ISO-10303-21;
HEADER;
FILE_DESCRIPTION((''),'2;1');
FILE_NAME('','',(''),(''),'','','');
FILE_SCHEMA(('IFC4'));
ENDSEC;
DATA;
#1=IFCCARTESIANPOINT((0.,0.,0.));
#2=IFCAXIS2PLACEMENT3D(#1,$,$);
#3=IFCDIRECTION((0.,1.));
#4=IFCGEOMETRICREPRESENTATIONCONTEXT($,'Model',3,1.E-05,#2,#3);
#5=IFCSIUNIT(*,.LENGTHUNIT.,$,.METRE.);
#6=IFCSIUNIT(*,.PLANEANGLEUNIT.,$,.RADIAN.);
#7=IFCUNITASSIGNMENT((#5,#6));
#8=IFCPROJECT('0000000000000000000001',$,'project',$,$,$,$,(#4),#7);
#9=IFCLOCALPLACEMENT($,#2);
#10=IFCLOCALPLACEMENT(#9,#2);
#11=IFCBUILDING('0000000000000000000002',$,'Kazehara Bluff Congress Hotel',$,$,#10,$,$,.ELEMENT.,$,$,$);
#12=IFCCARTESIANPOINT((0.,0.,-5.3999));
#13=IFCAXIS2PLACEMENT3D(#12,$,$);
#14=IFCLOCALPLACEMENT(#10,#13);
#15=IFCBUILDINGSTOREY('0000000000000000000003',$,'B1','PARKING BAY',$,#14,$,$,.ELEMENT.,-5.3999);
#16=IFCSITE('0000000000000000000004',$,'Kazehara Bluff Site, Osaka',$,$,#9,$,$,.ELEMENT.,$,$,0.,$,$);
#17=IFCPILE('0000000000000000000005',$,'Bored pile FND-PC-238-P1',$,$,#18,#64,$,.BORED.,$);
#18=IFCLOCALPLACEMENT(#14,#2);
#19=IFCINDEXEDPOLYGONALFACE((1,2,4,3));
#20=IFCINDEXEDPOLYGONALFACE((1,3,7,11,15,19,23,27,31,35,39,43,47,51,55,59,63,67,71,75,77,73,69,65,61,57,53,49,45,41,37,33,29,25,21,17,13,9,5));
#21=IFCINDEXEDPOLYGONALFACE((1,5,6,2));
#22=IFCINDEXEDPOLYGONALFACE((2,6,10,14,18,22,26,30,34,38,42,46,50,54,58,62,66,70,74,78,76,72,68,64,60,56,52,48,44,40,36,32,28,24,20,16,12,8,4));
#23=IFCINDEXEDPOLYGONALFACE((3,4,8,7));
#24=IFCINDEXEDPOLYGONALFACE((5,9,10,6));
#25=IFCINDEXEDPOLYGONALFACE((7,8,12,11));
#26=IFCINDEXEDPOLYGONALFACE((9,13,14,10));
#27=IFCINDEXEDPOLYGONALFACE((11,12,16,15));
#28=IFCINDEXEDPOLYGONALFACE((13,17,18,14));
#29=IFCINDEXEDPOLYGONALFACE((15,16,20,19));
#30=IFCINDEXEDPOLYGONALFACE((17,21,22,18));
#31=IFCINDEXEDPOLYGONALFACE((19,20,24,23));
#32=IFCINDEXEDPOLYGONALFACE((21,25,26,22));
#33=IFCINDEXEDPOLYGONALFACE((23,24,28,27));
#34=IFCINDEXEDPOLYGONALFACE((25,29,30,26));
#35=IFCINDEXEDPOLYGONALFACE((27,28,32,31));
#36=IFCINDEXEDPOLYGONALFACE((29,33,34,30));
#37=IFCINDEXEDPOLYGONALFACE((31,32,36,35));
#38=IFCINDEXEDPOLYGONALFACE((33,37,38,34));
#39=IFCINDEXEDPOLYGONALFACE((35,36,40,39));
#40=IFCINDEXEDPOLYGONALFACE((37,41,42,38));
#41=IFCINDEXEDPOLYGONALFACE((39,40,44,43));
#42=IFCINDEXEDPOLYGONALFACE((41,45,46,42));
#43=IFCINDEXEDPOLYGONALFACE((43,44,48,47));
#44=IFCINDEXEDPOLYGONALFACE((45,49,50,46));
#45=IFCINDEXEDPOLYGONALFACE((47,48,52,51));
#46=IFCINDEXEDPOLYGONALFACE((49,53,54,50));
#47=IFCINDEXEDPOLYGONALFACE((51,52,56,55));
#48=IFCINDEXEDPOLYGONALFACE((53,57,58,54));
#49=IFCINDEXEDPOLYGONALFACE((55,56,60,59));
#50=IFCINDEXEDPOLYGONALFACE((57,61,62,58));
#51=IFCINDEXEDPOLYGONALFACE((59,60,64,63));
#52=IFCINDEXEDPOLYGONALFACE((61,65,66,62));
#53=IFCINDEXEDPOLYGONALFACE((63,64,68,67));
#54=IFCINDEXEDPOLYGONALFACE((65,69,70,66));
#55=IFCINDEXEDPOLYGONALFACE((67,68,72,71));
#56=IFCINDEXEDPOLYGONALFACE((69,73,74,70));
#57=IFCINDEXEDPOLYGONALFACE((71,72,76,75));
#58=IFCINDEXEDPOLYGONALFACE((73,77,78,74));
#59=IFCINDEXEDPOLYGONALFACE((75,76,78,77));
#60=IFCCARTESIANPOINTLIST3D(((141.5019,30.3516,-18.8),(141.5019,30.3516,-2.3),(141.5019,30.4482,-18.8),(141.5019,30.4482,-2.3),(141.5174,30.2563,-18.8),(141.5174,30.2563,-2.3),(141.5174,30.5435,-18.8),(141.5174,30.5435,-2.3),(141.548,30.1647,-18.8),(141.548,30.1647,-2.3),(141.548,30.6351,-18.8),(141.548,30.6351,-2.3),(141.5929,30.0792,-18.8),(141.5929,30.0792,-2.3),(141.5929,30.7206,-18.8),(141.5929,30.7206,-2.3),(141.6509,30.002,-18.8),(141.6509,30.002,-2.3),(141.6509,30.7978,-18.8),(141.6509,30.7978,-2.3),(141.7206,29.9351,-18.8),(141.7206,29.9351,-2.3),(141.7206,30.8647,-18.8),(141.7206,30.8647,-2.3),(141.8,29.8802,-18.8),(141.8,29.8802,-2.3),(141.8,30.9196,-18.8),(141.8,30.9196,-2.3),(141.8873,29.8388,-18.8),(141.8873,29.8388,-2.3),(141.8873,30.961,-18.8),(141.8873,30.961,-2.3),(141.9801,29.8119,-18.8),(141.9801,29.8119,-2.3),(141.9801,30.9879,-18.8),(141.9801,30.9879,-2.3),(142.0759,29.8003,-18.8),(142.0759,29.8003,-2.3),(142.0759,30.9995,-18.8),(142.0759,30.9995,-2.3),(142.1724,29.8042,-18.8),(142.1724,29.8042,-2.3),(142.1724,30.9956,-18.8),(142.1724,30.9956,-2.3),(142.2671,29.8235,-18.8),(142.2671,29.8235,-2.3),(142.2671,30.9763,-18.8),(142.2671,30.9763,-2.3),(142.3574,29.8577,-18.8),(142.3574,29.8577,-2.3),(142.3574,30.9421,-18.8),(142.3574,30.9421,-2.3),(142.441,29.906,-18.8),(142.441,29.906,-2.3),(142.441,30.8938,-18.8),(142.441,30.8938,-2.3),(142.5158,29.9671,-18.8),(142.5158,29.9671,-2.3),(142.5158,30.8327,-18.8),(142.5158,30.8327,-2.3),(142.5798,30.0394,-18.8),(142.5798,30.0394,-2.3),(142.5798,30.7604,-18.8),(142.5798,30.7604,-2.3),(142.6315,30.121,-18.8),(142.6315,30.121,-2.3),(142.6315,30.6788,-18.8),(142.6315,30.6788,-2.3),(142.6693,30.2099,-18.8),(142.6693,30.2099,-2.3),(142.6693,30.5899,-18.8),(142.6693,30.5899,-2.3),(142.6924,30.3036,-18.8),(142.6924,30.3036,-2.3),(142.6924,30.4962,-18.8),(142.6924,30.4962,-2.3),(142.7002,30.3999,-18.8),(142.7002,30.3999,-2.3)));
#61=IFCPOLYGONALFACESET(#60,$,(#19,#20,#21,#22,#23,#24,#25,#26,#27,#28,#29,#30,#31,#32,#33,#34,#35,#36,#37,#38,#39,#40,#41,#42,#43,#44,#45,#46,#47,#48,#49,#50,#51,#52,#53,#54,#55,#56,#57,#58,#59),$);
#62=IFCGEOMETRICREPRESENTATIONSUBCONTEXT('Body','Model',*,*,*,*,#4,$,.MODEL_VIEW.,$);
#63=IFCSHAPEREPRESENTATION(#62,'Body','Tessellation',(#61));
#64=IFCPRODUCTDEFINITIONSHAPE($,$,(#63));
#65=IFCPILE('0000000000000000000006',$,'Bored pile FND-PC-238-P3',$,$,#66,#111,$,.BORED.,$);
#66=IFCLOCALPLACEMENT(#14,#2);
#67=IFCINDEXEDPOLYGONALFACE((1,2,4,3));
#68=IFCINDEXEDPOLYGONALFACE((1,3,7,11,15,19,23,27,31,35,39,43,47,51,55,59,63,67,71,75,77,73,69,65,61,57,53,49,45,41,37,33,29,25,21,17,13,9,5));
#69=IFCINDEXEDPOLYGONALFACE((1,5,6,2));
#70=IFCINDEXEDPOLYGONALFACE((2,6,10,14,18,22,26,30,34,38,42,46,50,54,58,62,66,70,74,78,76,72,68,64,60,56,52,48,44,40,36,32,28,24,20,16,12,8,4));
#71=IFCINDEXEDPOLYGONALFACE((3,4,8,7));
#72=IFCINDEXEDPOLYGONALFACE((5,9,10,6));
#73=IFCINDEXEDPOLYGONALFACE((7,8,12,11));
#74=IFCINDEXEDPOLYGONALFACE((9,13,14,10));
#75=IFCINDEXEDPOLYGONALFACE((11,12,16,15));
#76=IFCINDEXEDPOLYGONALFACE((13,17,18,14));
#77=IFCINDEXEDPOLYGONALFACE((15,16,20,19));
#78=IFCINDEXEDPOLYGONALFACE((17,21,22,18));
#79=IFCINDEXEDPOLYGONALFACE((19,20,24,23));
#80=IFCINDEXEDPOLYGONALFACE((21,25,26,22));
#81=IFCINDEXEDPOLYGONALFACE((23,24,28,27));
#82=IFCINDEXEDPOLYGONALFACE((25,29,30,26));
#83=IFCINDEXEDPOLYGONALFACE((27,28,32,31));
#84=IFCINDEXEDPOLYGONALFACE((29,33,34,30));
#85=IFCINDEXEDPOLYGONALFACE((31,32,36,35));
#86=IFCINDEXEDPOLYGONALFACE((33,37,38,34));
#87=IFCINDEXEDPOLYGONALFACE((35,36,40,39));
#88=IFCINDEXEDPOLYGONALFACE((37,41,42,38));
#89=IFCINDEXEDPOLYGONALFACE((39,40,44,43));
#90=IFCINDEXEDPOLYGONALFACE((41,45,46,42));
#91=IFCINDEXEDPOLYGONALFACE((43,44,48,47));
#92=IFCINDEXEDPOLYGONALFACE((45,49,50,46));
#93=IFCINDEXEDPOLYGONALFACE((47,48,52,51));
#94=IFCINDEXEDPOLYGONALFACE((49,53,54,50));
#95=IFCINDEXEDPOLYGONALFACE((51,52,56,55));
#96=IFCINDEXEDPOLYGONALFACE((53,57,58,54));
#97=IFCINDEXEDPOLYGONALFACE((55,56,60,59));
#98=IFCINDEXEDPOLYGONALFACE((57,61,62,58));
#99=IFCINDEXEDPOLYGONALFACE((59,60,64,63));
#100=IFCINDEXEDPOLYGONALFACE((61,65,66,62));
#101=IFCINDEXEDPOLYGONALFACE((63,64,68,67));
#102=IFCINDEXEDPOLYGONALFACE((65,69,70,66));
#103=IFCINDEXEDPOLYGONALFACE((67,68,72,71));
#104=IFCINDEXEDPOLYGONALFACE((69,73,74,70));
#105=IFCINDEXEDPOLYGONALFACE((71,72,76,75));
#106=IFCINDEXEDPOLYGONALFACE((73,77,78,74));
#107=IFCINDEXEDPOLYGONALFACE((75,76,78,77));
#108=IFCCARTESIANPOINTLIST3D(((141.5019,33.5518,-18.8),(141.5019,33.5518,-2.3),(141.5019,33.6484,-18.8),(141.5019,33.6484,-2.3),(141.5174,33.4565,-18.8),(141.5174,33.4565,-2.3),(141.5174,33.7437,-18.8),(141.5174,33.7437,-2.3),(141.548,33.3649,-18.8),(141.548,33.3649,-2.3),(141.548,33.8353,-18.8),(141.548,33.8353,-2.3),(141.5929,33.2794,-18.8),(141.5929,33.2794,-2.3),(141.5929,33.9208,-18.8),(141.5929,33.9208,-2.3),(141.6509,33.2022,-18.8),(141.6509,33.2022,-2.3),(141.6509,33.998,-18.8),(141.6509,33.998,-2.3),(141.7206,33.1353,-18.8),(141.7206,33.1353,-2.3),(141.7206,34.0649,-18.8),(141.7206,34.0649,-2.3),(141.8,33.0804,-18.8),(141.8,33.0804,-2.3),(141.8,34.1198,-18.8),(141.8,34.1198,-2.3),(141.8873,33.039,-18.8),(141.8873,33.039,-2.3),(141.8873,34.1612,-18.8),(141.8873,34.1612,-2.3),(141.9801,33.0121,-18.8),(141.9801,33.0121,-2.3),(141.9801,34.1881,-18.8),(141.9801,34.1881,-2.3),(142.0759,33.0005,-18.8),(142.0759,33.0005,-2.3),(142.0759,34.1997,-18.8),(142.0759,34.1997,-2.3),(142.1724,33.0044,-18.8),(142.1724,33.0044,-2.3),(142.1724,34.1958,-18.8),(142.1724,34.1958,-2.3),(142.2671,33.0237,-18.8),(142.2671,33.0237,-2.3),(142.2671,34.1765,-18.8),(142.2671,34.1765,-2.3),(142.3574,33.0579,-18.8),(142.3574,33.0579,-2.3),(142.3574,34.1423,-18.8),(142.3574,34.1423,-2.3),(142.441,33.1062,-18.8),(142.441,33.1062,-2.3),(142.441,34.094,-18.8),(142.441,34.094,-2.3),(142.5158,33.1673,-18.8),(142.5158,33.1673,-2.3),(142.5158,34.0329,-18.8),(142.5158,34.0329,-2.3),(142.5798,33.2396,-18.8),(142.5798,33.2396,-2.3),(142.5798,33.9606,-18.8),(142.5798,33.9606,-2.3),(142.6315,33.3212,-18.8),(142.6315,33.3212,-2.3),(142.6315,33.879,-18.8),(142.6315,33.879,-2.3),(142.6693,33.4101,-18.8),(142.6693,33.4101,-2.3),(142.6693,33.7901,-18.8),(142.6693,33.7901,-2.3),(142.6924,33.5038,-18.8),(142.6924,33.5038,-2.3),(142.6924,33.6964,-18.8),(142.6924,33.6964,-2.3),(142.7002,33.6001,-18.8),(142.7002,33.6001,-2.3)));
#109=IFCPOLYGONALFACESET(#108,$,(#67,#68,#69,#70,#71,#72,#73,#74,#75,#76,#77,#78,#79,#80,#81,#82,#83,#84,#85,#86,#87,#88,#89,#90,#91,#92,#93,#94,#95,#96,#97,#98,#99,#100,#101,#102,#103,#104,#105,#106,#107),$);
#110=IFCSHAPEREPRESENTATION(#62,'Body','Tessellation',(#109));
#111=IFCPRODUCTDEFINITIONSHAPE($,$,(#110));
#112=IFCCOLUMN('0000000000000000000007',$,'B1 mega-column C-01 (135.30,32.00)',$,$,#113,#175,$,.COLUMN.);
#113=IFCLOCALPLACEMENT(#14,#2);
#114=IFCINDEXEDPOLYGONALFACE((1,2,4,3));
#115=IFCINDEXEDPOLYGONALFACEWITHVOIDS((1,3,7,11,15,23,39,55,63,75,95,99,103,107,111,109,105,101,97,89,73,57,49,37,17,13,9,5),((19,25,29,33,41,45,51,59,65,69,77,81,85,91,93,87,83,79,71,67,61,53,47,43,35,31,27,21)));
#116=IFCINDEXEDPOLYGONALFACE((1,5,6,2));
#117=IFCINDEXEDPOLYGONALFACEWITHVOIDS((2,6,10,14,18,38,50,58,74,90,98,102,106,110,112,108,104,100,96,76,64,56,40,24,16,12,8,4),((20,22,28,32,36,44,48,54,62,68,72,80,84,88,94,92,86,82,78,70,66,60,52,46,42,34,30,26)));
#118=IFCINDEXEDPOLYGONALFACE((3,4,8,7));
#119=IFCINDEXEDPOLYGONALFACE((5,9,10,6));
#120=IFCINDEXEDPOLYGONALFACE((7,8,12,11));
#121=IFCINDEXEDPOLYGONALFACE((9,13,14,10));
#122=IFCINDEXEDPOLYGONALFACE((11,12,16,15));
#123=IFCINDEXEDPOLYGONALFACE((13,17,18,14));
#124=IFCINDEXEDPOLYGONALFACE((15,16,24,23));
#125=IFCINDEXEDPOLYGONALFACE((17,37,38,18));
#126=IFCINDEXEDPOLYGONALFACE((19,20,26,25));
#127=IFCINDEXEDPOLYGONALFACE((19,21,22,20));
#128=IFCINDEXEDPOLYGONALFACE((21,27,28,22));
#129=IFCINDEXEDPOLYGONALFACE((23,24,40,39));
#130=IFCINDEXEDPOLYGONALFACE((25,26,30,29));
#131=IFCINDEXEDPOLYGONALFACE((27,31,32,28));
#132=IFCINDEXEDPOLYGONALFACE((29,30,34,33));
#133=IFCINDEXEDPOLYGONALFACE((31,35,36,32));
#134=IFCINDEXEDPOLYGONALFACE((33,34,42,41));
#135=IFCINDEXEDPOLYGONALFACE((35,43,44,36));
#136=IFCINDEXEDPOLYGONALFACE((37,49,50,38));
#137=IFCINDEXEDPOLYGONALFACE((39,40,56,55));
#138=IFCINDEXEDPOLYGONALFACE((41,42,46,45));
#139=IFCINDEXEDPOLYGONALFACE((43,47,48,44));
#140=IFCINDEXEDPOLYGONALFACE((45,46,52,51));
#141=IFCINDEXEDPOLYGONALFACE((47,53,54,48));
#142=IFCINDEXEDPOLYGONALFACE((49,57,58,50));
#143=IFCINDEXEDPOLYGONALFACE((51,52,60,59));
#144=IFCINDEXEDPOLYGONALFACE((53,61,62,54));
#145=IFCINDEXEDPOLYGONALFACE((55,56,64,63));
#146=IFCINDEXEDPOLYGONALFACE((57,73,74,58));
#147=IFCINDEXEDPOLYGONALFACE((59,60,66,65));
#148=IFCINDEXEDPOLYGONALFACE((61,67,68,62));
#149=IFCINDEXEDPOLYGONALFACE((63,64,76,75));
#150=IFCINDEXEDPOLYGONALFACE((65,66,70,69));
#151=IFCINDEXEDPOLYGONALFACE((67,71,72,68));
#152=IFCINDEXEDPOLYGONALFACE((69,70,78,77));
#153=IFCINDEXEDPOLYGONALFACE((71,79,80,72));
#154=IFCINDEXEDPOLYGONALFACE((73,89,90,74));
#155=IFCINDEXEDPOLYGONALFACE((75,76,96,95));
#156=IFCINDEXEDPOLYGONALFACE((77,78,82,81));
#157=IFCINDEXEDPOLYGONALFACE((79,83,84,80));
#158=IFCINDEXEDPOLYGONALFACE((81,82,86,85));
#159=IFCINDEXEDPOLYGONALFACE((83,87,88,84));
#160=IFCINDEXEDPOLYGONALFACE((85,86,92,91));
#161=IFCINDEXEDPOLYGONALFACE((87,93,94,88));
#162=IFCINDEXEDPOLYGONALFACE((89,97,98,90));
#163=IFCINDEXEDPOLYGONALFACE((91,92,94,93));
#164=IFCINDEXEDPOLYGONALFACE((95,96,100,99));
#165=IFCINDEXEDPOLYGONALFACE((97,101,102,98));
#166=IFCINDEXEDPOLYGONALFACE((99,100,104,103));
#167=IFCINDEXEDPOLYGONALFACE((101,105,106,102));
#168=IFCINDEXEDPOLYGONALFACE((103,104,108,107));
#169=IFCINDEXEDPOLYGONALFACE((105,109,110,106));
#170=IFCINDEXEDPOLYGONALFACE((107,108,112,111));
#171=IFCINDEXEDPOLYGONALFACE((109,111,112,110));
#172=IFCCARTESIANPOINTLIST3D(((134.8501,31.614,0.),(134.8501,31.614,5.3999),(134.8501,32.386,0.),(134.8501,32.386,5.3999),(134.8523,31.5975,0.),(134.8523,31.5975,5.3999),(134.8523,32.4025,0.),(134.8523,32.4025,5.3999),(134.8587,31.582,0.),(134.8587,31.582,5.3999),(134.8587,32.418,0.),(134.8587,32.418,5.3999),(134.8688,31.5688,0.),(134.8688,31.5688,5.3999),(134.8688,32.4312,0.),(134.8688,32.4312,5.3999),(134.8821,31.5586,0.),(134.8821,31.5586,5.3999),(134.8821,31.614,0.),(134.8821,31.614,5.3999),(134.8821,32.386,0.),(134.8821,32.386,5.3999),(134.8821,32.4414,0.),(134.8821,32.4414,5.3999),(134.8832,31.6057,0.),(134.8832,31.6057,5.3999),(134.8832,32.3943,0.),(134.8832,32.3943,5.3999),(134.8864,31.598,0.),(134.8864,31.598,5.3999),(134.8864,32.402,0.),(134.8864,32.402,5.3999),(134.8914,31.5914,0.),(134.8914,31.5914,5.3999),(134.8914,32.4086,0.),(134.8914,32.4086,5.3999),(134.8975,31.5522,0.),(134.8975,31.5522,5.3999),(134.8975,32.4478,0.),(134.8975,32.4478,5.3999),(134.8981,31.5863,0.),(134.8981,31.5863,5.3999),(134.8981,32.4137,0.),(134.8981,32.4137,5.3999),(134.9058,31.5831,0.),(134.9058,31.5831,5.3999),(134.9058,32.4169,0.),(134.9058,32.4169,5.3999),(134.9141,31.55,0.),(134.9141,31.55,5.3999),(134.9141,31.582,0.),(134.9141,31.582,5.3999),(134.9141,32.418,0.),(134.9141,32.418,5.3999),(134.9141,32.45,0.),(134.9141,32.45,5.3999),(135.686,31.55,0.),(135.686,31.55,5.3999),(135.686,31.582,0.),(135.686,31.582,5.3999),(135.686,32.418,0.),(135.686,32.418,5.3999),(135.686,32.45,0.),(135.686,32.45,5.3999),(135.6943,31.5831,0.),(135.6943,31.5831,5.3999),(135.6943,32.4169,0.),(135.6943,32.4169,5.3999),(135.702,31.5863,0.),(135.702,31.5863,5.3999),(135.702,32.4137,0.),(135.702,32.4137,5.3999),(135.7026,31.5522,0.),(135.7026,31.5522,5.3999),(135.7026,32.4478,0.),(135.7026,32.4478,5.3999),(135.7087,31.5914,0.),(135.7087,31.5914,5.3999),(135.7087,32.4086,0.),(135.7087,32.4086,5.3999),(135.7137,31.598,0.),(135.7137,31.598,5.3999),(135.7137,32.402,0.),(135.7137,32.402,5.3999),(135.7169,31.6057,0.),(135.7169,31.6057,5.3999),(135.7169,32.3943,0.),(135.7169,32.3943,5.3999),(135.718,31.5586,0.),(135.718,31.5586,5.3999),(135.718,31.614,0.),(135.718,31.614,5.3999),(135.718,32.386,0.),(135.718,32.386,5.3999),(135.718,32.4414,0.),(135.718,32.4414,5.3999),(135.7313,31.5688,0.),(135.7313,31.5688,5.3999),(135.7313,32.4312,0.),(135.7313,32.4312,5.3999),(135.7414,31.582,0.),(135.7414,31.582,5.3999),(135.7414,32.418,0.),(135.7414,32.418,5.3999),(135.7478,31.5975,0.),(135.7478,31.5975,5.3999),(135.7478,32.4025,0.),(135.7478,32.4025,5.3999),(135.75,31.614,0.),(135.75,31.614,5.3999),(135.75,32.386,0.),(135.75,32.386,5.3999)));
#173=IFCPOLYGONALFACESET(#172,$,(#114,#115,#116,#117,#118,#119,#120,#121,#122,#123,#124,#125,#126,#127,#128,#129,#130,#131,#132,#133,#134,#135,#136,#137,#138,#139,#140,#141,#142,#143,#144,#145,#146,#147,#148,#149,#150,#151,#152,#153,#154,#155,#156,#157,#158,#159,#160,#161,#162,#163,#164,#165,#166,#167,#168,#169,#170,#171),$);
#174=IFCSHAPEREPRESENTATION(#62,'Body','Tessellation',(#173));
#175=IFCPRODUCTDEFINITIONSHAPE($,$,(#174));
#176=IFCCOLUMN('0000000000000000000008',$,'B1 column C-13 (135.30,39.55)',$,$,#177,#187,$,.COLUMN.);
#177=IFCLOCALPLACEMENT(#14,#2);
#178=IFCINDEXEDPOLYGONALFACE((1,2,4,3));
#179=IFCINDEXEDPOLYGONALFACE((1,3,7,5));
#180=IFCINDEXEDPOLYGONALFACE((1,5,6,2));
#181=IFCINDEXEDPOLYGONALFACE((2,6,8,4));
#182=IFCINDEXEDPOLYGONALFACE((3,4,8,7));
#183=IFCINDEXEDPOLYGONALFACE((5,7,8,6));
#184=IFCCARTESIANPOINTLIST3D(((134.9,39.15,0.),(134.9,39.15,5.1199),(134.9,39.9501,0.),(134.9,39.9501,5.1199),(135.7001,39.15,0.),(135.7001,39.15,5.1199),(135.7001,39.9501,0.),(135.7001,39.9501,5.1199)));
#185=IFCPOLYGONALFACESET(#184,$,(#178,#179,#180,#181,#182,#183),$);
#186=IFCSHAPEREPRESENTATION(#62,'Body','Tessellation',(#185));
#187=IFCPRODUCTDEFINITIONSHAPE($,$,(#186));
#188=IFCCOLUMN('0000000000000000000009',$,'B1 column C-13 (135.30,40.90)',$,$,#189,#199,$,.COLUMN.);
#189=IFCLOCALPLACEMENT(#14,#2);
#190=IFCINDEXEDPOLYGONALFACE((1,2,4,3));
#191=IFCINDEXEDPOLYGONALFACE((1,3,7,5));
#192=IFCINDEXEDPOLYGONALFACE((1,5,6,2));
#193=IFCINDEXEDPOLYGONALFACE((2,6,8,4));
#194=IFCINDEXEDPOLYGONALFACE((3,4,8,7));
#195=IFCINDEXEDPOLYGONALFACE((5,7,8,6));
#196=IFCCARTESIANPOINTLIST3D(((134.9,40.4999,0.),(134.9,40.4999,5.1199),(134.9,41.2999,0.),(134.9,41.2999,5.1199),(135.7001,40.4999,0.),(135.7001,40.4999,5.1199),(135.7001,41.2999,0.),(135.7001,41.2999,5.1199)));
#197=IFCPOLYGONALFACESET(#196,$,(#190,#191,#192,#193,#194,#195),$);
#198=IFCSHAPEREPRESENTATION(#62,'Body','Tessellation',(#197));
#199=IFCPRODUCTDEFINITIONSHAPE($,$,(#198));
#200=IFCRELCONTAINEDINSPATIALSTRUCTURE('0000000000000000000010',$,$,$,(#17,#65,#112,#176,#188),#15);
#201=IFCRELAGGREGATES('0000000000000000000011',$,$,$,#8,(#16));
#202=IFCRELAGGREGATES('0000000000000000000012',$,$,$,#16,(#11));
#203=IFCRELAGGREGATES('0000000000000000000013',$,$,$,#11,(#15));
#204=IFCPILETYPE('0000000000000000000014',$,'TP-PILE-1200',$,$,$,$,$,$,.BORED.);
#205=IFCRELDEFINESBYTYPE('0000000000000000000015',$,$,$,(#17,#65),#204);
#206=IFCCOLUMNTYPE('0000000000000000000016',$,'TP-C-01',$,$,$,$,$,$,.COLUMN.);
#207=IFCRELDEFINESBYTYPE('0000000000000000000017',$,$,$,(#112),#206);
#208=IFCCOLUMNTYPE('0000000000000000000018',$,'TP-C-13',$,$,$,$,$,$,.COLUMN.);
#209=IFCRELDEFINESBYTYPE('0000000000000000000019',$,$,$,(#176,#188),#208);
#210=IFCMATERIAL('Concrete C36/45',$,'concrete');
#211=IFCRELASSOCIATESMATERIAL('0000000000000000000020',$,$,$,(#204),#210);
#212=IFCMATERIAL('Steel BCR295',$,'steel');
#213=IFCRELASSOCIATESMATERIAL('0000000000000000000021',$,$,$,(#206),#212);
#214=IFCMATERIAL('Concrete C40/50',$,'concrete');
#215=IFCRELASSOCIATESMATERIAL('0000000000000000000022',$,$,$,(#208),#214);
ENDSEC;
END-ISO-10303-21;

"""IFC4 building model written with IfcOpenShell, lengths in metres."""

from ifc_helpers import new_model, si_unit, direction, frame, origin, origin_2d, place, context, subcontext, project, spatial, rectangle, hollow_rectangle, circle, extrude, material, material_profile, profile_set, type_object, element, save


model = new_model("IFC4")

# Units and contexts
model_context = context("Model", 3, precision=1e-05, world=origin(), true_north=direction((0.0, 1.0)))
body_context = subcontext(model_context, "Body", "Model", "MODEL_VIEW")
ifc_project = project(units=[si_unit("LENGTHUNIT", "METRE"), si_unit("PLANEANGLEUNIT", "RADIAN")], contexts=[model_context])

# Site, building, storey
site_placement = place(None, origin())
site = spatial("IfcSite", under=ifc_project, at=site_placement, Name="Kazehara Bluff Site, Osaka", CompositionType="ELEMENT", RefElevation=0.0)
building_placement = place(site_placement, origin())
building = spatial("IfcBuilding", under=site, at=building_placement, Name="Kazehara Bluff Congress Hotel", CompositionType="ELEMENT")
storey_placement = place(building_placement, frame((0.0, 0.0, -5.3999)))
storey = spatial("IfcBuildingStorey", under=building, at=storey_placement, Name="B1", Description="PARKING BAY", CompositionType="ELEMENT", Elevation=-5.3999)

# Piles
ifc_material_1 = material(Name="Concrete C36/45", Category="concrete")
ifc_material_profile_1 = material_profile(ifc_material_1, circle(Radius=0.6001, at=origin_2d()))
ifc_profile_set_1 = profile_set([ifc_material_profile_1], Name="Concrete C36/45")
pile_type = type_object("IfcPileType", Name="TP-PILE-1200", PredefinedType="BORED", material=ifc_profile_set_1)
for number, where, z_axis, x_axis, name in (
    (1, (142.1001, 30.3999, -2.3), (0.0, 0.0, -1.0), (1.0, 0.0, 0.0), "Bored pile FND-PC-238-P1"),
    (2, (142.1001, 33.6001, -2.3), (0.0, 0.0, -1.0), (1.0, 0.0, 0.0), "Bored pile FND-PC-238-P3"),
):
    element("IfcPile", number, at=place(storey_placement, frame(where, z_axis=z_axis, x_axis=x_axis)), inside=storey, type_object=pile_type, Name=name, PredefinedType="BORED", context=body_context, shape_type="SweptSolid", body=[
        extrude(circle(Radius=0.6001, at=origin_2d()), origin(), (0.0, 0.0, 1.0), 16.5),
    ])

# Columns
ifc_material_2 = material(Name="Steel BCR295", Category="steel")
ifc_material_profile_2 = material_profile(ifc_material_2, hollow_rectangle(XDim=0.8999, YDim=0.8999, WallThickness=0.032, InnerFilletRadius=0.032, OuterFilletRadius=0.064, at=origin_2d()))
ifc_profile_set_2 = profile_set([ifc_material_profile_2], Name="Steel BCR295")
column_type_1 = type_object("IfcColumnType", Name="TP-C-01", PredefinedType="COLUMN", material=ifc_profile_set_2)
column_placement = place(storey_placement, frame((135.3, 32.0, 0.0), z_axis=(0.0, 0.0, 1.0), x_axis=(1.0, 0.0, 0.0)))
element("IfcColumn", 3, at=column_placement, inside=storey, type_object=column_type_1, Name="B1 mega-column C-01 (135.30,32.00)", PredefinedType="COLUMN", context=body_context, shape_type="SweptSolid", body=[
    extrude(hollow_rectangle(XDim=0.8999, YDim=0.8999, WallThickness=0.032, InnerFilletRadius=0.032, OuterFilletRadius=0.064, at=origin_2d()), origin(), (0.0, 0.0, 1.0), 5.3999),
])
ifc_material_3 = material(Name="Concrete C40/50", Category="concrete")
ifc_material_profile_3 = material_profile(ifc_material_3, rectangle(XDim=0.8, YDim=0.8, at=origin_2d()))
ifc_profile_set_3 = profile_set([ifc_material_profile_3], Name="Concrete C40/50")
column_type_2 = type_object("IfcColumnType", Name="TP-C-13", PredefinedType="COLUMN", material=ifc_profile_set_3)
for number, where, z_axis, x_axis, name in (
    (4, (135.3, 39.55, 0.0), (0.0, 0.0, 1.0), (1.0, 0.0, 0.0), "B1 column C-13 (135.30,39.55)"),
    (5, (135.3, 40.8999, 0.0), (0.0, 0.0, 1.0), (1.0, 0.0, 0.0), "B1 column C-13 (135.30,40.90)"),
):
    element("IfcColumn", number, at=place(storey_placement, frame(where, z_axis=z_axis, x_axis=x_axis)), inside=storey, type_object=column_type_2, Name=name, PredefinedType="COLUMN", context=body_context, shape_type="SweptSolid", body=[
        extrude(rectangle(XDim=0.8, YDim=0.8, at=origin_2d()), origin(), (0.0, 0.0, 1.0), 5.1199),
    ])

save(model, "model.ifc")
